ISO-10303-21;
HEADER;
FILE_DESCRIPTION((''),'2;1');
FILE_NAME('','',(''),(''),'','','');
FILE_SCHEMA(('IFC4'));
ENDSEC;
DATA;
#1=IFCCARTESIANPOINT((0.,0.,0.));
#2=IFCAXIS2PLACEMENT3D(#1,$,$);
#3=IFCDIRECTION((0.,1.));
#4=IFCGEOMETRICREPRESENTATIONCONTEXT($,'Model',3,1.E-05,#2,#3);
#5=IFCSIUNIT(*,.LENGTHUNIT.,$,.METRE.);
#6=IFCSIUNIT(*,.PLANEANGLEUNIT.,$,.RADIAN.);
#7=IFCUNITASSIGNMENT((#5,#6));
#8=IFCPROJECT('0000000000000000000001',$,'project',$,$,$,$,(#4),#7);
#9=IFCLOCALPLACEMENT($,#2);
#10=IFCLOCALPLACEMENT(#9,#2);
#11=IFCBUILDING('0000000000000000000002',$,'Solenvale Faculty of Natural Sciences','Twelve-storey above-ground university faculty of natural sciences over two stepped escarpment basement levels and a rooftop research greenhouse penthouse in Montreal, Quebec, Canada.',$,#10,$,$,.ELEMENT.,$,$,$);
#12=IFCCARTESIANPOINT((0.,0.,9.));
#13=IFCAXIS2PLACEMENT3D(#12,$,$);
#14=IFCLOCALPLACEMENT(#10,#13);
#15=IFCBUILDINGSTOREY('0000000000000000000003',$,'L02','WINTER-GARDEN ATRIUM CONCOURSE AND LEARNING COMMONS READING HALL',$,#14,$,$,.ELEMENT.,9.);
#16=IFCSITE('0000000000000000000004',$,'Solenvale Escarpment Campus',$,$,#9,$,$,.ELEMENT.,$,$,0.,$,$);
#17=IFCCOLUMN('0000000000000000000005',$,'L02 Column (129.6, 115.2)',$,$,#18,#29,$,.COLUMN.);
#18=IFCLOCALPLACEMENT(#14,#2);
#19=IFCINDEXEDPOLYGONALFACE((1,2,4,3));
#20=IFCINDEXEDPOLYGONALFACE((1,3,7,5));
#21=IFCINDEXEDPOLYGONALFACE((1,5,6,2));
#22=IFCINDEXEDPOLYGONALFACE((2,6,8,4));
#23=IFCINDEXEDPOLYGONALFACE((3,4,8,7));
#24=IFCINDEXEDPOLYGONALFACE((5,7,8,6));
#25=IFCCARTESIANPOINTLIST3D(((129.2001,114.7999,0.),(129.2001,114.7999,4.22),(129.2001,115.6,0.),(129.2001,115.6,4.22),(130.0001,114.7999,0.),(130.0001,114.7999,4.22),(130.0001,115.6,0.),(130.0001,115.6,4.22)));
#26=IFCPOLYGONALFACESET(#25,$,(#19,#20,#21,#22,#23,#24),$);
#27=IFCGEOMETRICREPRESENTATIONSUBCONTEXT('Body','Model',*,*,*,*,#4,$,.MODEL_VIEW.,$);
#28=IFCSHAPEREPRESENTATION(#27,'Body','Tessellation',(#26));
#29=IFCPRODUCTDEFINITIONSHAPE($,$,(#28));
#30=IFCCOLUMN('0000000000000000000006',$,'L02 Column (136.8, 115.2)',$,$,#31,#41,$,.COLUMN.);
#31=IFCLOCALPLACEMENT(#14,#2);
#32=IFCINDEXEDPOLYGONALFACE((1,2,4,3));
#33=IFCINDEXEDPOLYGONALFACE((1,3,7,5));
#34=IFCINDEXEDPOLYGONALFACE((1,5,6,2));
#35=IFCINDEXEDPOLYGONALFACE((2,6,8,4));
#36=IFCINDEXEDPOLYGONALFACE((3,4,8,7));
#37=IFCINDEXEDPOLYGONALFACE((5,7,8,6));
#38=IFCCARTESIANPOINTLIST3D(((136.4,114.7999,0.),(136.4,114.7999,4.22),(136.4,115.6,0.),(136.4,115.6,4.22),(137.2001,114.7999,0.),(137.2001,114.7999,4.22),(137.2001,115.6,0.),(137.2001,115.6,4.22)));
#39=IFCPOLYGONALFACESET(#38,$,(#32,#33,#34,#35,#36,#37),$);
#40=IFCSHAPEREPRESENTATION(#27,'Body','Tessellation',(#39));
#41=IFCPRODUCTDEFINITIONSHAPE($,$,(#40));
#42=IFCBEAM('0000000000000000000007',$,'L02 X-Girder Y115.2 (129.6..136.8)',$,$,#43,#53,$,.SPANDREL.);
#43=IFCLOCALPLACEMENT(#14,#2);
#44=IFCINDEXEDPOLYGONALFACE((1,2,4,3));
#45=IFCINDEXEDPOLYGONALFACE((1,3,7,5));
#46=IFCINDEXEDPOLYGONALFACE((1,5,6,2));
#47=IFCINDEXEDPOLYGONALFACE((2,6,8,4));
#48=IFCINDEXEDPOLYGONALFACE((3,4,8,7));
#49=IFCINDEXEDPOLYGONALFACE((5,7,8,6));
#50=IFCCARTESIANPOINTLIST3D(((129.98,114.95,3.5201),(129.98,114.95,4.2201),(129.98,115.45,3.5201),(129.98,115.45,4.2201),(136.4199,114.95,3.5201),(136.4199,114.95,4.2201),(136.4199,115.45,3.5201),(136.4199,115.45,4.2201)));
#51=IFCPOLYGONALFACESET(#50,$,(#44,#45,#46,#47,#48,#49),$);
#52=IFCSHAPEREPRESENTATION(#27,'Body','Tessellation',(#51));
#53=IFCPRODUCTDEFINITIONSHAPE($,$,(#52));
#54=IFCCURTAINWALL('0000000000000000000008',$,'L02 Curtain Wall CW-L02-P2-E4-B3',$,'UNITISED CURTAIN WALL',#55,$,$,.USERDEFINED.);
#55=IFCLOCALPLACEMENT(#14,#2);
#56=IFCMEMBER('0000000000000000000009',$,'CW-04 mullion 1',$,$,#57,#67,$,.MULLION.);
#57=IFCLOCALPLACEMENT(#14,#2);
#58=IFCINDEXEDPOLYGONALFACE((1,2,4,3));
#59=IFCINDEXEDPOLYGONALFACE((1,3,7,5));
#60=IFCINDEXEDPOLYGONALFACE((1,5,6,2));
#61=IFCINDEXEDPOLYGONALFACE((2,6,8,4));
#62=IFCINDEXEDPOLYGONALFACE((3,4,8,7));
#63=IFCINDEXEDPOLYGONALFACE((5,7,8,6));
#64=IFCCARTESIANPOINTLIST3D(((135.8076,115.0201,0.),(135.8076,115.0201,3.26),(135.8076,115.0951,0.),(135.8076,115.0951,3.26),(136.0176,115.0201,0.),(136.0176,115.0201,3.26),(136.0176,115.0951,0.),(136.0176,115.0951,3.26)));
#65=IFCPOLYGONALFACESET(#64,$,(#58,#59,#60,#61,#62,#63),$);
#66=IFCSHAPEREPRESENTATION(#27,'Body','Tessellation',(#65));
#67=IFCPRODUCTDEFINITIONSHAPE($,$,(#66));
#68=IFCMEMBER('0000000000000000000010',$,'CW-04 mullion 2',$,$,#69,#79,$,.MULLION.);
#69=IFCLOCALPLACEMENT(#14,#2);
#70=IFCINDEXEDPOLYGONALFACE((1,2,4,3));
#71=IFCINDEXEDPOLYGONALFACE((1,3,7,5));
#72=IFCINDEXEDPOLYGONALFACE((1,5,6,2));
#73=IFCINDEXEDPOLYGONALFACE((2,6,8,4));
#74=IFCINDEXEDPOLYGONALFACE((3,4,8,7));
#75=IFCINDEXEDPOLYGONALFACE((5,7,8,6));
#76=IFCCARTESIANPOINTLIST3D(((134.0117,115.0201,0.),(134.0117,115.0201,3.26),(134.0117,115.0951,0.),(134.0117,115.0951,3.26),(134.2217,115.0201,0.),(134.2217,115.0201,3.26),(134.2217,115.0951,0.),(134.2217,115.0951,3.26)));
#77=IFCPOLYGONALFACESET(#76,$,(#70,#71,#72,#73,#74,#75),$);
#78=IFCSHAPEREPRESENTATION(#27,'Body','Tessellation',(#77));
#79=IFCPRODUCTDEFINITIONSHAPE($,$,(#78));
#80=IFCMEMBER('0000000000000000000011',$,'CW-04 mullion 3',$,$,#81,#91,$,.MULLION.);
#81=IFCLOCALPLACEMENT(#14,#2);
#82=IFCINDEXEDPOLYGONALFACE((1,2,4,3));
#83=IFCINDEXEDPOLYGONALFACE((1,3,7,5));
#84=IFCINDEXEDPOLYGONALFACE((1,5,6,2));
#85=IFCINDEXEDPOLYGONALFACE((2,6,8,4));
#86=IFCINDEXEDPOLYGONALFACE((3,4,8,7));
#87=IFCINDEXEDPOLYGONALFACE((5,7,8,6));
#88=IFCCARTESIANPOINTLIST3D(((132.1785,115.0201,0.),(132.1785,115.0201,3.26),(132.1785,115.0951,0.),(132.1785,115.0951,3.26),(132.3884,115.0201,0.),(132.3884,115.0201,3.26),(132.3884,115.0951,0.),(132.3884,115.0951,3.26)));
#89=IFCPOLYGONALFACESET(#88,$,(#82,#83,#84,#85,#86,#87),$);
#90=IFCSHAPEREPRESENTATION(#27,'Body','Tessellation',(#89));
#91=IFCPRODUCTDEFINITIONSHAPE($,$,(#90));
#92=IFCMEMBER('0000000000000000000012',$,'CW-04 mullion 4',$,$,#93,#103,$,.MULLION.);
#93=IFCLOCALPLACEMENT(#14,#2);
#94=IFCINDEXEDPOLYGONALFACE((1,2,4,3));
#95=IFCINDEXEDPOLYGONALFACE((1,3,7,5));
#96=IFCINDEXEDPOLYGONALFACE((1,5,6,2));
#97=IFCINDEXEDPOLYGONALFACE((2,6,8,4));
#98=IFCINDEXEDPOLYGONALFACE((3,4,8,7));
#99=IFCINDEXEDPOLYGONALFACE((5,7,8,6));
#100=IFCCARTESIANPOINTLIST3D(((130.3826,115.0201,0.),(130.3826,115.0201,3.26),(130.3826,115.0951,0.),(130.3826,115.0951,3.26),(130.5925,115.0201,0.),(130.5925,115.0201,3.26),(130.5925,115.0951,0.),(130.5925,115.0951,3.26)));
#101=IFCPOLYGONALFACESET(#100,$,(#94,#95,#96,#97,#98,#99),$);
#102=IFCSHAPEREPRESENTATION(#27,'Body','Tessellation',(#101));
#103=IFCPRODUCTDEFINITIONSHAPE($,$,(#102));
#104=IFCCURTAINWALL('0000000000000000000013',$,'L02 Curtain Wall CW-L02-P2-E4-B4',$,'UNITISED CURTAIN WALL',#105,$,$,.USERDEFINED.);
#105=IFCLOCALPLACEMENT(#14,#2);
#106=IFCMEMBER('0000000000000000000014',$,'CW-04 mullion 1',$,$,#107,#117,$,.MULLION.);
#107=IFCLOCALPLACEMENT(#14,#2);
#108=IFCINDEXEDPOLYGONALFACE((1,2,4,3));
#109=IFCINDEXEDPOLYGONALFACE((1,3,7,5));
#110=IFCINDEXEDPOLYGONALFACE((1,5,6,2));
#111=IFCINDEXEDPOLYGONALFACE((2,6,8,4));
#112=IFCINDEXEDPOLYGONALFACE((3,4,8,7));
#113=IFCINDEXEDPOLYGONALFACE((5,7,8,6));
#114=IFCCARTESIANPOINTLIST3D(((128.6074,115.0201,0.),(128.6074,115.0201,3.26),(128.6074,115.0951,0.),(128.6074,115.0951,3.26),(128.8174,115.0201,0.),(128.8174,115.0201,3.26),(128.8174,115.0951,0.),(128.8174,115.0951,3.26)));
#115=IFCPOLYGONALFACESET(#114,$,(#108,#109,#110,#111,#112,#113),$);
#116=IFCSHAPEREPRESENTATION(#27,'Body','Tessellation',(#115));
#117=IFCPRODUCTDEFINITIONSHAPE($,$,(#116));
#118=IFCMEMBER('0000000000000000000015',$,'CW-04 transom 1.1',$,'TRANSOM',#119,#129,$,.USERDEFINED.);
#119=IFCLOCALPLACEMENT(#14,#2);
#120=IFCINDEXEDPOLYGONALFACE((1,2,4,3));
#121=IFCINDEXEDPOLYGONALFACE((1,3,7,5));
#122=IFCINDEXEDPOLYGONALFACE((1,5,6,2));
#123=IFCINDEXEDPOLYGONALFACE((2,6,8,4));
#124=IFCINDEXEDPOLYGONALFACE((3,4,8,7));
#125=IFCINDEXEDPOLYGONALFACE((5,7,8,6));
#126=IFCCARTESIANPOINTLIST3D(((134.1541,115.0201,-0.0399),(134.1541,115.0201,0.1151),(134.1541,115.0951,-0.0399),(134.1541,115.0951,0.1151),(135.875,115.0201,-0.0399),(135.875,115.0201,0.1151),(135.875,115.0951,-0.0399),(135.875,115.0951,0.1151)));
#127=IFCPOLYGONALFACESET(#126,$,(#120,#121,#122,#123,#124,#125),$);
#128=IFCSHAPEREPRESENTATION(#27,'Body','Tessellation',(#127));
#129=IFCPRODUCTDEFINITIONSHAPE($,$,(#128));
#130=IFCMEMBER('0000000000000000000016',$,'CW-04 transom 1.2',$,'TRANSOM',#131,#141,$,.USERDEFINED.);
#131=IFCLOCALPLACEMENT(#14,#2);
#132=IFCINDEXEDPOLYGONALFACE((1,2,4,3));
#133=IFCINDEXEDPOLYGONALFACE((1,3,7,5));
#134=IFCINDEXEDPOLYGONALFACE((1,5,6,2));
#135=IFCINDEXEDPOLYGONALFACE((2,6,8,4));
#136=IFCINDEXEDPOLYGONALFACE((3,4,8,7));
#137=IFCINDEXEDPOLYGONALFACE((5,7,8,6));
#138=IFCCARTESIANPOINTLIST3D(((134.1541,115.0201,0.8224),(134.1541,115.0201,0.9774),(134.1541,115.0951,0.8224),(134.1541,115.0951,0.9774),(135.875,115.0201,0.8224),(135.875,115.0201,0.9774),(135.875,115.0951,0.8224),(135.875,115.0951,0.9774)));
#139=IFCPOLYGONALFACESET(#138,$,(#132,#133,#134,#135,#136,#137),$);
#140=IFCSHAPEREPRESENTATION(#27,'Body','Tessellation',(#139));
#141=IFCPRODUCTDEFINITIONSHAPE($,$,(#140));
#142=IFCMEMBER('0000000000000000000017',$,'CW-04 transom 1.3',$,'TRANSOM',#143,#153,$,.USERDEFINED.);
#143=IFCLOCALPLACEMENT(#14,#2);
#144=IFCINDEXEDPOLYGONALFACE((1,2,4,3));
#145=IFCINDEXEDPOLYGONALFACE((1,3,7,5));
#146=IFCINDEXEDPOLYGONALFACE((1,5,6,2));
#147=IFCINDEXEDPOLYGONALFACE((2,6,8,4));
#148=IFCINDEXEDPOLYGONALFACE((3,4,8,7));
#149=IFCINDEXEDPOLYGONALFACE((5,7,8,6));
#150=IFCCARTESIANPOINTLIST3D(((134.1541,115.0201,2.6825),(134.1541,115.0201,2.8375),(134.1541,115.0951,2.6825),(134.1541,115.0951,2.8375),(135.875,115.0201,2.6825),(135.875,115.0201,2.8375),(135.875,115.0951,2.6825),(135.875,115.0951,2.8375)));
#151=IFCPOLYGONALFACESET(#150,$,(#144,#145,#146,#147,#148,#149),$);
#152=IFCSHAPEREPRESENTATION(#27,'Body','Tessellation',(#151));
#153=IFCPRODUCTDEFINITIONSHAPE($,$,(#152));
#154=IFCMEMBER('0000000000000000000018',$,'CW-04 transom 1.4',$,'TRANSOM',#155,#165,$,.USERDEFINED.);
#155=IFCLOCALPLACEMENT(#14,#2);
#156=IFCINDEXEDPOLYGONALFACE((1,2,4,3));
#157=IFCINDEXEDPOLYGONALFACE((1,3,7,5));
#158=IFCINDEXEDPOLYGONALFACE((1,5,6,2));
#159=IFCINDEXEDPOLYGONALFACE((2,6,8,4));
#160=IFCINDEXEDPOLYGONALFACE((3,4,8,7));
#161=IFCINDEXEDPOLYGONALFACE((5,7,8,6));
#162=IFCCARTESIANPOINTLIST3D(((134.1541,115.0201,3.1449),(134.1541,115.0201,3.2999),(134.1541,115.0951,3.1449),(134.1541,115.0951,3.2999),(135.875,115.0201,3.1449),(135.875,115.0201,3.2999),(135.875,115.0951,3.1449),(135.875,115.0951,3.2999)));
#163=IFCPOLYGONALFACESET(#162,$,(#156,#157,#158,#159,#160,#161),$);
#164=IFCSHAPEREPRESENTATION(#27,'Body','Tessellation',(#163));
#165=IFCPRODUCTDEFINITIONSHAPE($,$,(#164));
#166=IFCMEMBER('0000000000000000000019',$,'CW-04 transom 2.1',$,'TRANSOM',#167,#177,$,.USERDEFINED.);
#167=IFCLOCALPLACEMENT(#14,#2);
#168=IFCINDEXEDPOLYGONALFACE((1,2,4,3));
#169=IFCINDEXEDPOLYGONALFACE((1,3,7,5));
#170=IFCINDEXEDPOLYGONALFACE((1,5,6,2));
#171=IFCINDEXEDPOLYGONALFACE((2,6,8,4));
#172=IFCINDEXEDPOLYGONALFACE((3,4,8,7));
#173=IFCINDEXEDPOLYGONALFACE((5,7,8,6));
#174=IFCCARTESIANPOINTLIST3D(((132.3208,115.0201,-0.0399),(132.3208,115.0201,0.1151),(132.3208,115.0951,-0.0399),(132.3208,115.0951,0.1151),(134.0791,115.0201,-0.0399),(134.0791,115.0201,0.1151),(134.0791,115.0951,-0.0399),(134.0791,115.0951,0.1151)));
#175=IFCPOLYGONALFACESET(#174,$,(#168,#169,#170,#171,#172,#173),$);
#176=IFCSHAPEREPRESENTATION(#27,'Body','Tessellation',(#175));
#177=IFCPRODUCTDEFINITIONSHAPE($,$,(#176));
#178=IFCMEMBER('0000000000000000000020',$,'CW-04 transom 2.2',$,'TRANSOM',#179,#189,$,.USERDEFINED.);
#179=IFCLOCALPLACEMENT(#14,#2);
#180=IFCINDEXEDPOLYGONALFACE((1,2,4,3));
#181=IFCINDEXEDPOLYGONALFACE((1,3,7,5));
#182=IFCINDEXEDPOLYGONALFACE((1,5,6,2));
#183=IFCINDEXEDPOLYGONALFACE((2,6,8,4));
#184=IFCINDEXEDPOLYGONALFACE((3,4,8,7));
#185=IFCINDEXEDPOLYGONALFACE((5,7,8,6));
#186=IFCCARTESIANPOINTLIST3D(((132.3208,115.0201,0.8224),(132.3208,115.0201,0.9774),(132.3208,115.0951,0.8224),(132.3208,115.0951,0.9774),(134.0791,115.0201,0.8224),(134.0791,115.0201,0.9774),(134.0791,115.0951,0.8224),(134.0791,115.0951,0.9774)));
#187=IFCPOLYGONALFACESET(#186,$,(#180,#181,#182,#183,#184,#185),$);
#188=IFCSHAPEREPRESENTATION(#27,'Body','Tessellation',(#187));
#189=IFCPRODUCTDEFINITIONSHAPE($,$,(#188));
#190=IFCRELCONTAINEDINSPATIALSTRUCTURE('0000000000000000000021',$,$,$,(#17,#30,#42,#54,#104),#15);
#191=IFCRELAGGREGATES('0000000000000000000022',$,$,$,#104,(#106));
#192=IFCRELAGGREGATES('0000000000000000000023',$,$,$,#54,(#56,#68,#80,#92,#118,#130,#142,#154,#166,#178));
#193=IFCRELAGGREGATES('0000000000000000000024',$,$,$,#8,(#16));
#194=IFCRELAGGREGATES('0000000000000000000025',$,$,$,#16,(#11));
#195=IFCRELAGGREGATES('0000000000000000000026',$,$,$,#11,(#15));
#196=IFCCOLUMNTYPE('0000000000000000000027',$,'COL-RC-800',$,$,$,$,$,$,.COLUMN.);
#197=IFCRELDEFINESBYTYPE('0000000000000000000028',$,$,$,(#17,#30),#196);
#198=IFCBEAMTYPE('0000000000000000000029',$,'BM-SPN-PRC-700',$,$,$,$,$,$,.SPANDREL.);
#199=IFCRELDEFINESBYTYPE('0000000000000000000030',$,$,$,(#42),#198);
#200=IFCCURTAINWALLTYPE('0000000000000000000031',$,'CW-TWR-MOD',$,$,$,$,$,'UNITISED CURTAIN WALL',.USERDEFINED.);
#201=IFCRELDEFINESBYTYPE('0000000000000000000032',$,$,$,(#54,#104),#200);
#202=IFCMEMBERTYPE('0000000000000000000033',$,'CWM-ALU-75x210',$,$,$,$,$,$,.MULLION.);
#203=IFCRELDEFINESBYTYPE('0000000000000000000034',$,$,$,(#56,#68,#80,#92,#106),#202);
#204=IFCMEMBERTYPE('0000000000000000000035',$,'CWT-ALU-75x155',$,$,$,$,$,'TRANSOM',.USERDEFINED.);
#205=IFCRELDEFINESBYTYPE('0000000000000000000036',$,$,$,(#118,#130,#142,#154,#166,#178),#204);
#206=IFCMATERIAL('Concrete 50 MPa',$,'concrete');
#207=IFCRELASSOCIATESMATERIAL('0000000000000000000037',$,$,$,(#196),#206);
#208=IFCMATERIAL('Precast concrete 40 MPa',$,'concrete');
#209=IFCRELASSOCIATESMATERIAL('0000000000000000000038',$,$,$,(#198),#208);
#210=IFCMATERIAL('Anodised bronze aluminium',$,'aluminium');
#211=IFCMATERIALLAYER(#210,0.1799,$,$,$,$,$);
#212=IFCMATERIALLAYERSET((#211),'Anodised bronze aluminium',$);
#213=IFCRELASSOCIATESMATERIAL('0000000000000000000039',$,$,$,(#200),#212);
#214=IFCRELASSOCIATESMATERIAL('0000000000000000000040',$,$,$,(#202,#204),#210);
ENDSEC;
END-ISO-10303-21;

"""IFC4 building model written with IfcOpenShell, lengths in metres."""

from ifc_helpers import new_model, si_unit, direction, frame, origin, origin_2d, place, context, subcontext, project, spatial, rectangle, extrude, material, layer, layer_set, material_profile, profile_set, type_object, element, aggregate, save


model = new_model("IFC4")

# Units and contexts
model_context = context("Model", 3, precision=1e-05, world=origin(), true_north=direction((0.0, 1.0)))
body_context = subcontext(model_context, "Body", "Model", "MODEL_VIEW")
ifc_project = project(units=[si_unit("LENGTHUNIT", "METRE"), si_unit("PLANEANGLEUNIT", "RADIAN")], contexts=[model_context])

# Site, building, storey
site_placement = place(None, origin())
site = spatial("IfcSite", under=ifc_project, at=site_placement, Name="Solenvale Escarpment Campus", CompositionType="ELEMENT", RefElevation=0.0)
building_placement = place(site_placement, origin())
building = spatial("IfcBuilding", under=site, at=building_placement, Name="Solenvale Faculty of Natural Sciences", Description="Twelve-storey above-ground university faculty of natural sciences over two stepped escarpment basement levels and a rooftop research greenhouse penthouse in Montreal, Quebec, Canada.", CompositionType="ELEMENT")
storey_placement = place(building_placement, frame((0.0, 0.0, 9.0)))
storey = spatial("IfcBuildingStorey", under=building, at=storey_placement, Name="L02", Description="WINTER-GARDEN ATRIUM CONCOURSE AND LEARNING COMMONS READING HALL", CompositionType="ELEMENT", Elevation=9.0)

# Columns
ifc_material_1 = material(Name="Concrete 50 MPa", Category="concrete")
ifc_material_profile_1 = material_profile(ifc_material_1, rectangle(XDim=0.8, YDim=0.8, at=origin_2d()), Name="RC-COL-800x800")
ifc_profile_set_1 = profile_set([ifc_material_profile_1], Name="Concrete 50 MPa")
column_type = type_object("IfcColumnType", Name="COL-RC-800", PredefinedType="COLUMN", material=ifc_profile_set_1)
for number, where, z_axis, x_axis, name in (
    (1, (129.6001, 115.2, 0.0), (0.0, 0.0, 1.0), (1.0, 0.0, 0.0), "L02 Column (129.6, 115.2)"),
    (2, (136.8, 115.2, 0.0), (0.0, 0.0, 1.0), (1.0, 0.0, 0.0), "L02 Column (136.8, 115.2)"),
):
    element("IfcColumn", number, at=place(storey_placement, frame(where, z_axis=z_axis, x_axis=x_axis)), inside=storey, type_object=column_type, Name=name, PredefinedType="COLUMN", context=body_context, shape_type="SweptSolid", body=[
        extrude(rectangle(XDim=0.8, YDim=0.8, at=origin_2d()), origin(), (0.0, 0.0, 1.0), 4.22),
    ])

# Beam
ifc_material_2 = material(Name="Precast concrete 40 MPa", Category="concrete")
ifc_material_profile_2 = material_profile(ifc_material_2, rectangle(XDim=0.5, YDim=0.7, at=origin_2d()), Name="RC-BM-500x700")
ifc_profile_set_2 = profile_set([ifc_material_profile_2], Name="Precast concrete 40 MPa")
beam_type = type_object("IfcBeamType", Name="BM-SPN-PRC-700", PredefinedType="SPANDREL", material=ifc_profile_set_2)
beam_placement = place(storey_placement, frame((129.98, 115.2, 3.8701), z_axis=(1.0, 0.0, 0.0), x_axis=(0.0, 1.0, 0.0)))
element("IfcBeam", 3, at=beam_placement, inside=storey, type_object=beam_type, Name="L02 X-Girder Y115.2 (129.6..136.8)", PredefinedType="SPANDREL", context=body_context, shape_type="SweptSolid", body=[
    extrude(rectangle(XDim=0.5, YDim=0.7, at=origin_2d()), origin(), (0.0, 0.0, 1.0), 6.4399),
])

# Curtain wall, members
ifc_material_3 = material(Name="Anodised bronze aluminium", Category="aluminium")
ifc_layer_1 = layer(ifc_material_3, 0.1799)
ifc_layer_set_1 = layer_set([ifc_layer_1], Name="Anodised bronze aluminium")
curtain_wall_type = type_object("IfcCurtainWallType", Name="CW-TWR-MOD", ElementType="UNITISED CURTAIN WALL", PredefinedType="USERDEFINED", material=ifc_layer_set_1)
curtain_wall_1_placement = place(storey_placement, origin())
curtain_wall_1 = element("IfcCurtainWall", 4, at=curtain_wall_1_placement, inside=storey, type_object=curtain_wall_type, Name="L02 Curtain Wall CW-L02-P2-E4-B3", ObjectType="UNITISED CURTAIN WALL", PredefinedType="USERDEFINED")
ifc_material_profile_3 = material_profile(ifc_material_3, rectangle(XDim=0.075, YDim=0.21, at=origin_2d()), Name="ALU-MUL-75x210")
ifc_profile_set_3 = profile_set([ifc_material_profile_3], Name="Anodised bronze aluminium")
member_type_1 = type_object("IfcMemberType", Name="CWM-ALU-75x210", PredefinedType="MULLION", material=ifc_profile_set_3)
member_1_placement = place(storey_placement, frame((135.9126, 115.0576, 0.0), z_axis=(0.0, 0.0, 1.0), x_axis=(0.0, -1.0, 0.0)))
member_1 = element("IfcMember", 5, at=member_1_placement, type_object=member_type_1, Name="CW-04 mullion 1", PredefinedType="MULLION", context=body_context, shape_type="SweptSolid", body=[
    extrude(rectangle(XDim=0.075, YDim=0.21, at=origin_2d()), origin(), (0.0, 0.0, 1.0), 3.26),
])
member_2_placement = place(storey_placement, frame((134.1167, 115.0576, 0.0), z_axis=(0.0, 0.0, 1.0), x_axis=(0.0, -1.0, 0.0)))
member_2 = element("IfcMember", 6, at=member_2_placement, type_object=member_type_1, Name="CW-04 mullion 2", PredefinedType="MULLION", context=body_context, shape_type="SweptSolid", body=[
    extrude(rectangle(XDim=0.075, YDim=0.21, at=origin_2d()), origin(), (0.0, 0.0, 1.0), 3.26),
])
member_3_placement = place(storey_placement, frame((132.2834, 115.0576, 0.0), z_axis=(0.0, 0.0, 1.0), x_axis=(0.0, -1.0, 0.0)))
member_3 = element("IfcMember", 7, at=member_3_placement, type_object=member_type_1, Name="CW-04 mullion 3", PredefinedType="MULLION", context=body_context, shape_type="SweptSolid", body=[
    extrude(rectangle(XDim=0.075, YDim=0.21, at=origin_2d()), origin(), (0.0, 0.0, 1.0), 3.26),
])
member_4_placement = place(storey_placement, frame((130.4875, 115.0576, 0.0), z_axis=(0.0, 0.0, 1.0), x_axis=(0.0, -1.0, 0.0)))
member_4 = element("IfcMember", 8, at=member_4_placement, type_object=member_type_1, Name="CW-04 mullion 4", PredefinedType="MULLION", context=body_context, shape_type="SweptSolid", body=[
    extrude(rectangle(XDim=0.075, YDim=0.21, at=origin_2d()), origin(), (0.0, 0.0, 1.0), 3.26),
])

# Curtain wall, member
curtain_wall_2_placement = place(storey_placement, origin())
curtain_wall_2 = element("IfcCurtainWall", 9, at=curtain_wall_2_placement, inside=storey, type_object=curtain_wall_type, Name="L02 Curtain Wall CW-L02-P2-E4-B4", ObjectType="UNITISED CURTAIN WALL", PredefinedType="USERDEFINED")
member_5_placement = place(storey_placement, frame((128.7124, 115.0576, 0.0), z_axis=(0.0, 0.0, 1.0), x_axis=(0.0, -1.0, 0.0)))
member_5 = element("IfcMember", 10, at=member_5_placement, type_object=member_type_1, Name="CW-04 mullion 1", PredefinedType="MULLION", context=body_context, shape_type="SweptSolid", body=[
    extrude(rectangle(XDim=0.075, YDim=0.21, at=origin_2d()), origin(), (0.0, 0.0, 1.0), 3.26),
])
aggregate(curtain_wall_2, [member_5])

# Members
ifc_material_profile_4 = material_profile(ifc_material_3, rectangle(XDim=0.075, YDim=0.155, at=origin_2d()), Name="ALU-TRN-75x155")
ifc_profile_set_4 = profile_set([ifc_material_profile_4], Name="Anodised bronze aluminium")
member_type_2 = type_object("IfcMemberType", Name="CWT-ALU-75x155", ElementType="TRANSOM", PredefinedType="USERDEFINED", material=ifc_profile_set_4)
member_6_placement = place(storey_placement, frame((135.875, 115.0576, 0.0376), z_axis=(-1.0, 0.0, 0.0), x_axis=(0.0, -1.0, 0.0)))
member_6 = element("IfcMember", 11, at=member_6_placement, type_object=member_type_2, Name="CW-04 transom 1.1", ObjectType="TRANSOM", PredefinedType="USERDEFINED", context=body_context, shape_type="SweptSolid", body=[
    extrude(rectangle(XDim=0.075, YDim=0.155, at=origin_2d()), origin(), (0.0, 0.0, 1.0), 1.7209),
])
member_7_placement = place(storey_placement, frame((135.875, 115.0576, 0.8999), z_axis=(-1.0, 0.0, 0.0), x_axis=(0.0, -1.0, 0.0)))
member_7 = element("IfcMember", 12, at=member_7_placement, type_object=member_type_2, Name="CW-04 transom 1.2", ObjectType="TRANSOM", PredefinedType="USERDEFINED", context=body_context, shape_type="SweptSolid", body=[
    extrude(rectangle(XDim=0.075, YDim=0.155, at=origin_2d()), origin(), (0.0, 0.0, 1.0), 1.7209),
])
member_8_placement = place(storey_placement, frame((135.875, 115.0576, 2.76), z_axis=(-1.0, 0.0, 0.0), x_axis=(0.0, -1.0, 0.0)))
member_8 = element("IfcMember", 13, at=member_8_placement, type_object=member_type_2, Name="CW-04 transom 1.3", ObjectType="TRANSOM", PredefinedType="USERDEFINED", context=body_context, shape_type="SweptSolid", body=[
    extrude(rectangle(XDim=0.075, YDim=0.155, at=origin_2d()), origin(), (0.0, 0.0, 1.0), 1.7209),
])
member_9_placement = place(storey_placement, frame((135.875, 115.0576, 3.2224), z_axis=(-1.0, 0.0, 0.0), x_axis=(0.0, -1.0, 0.0)))
member_9 = element("IfcMember", 14, at=member_9_placement, type_object=member_type_2, Name="CW-04 transom 1.4", ObjectType="TRANSOM", PredefinedType="USERDEFINED", context=body_context, shape_type="SweptSolid", body=[
    extrude(rectangle(XDim=0.075, YDim=0.155, at=origin_2d()), origin(), (0.0, 0.0, 1.0), 1.7209),
])
member_10_placement = place(storey_placement, frame((134.0791, 115.0576, 0.0376), z_axis=(-1.0, 0.0, 0.0), x_axis=(0.0, -1.0, 0.0)))
member_10 = element("IfcMember", 15, at=member_10_placement, type_object=member_type_2, Name="CW-04 transom 2.1", ObjectType="TRANSOM", PredefinedType="USERDEFINED", context=body_context, shape_type="SweptSolid", body=[
    extrude(rectangle(XDim=0.075, YDim=0.155, at=origin_2d()), origin(), (0.0, 0.0, 1.0), 1.7583),
])
member_11_placement = place(storey_placement, frame((134.0791, 115.0576, 0.8999), z_axis=(-1.0, 0.0, 0.0), x_axis=(0.0, -1.0, 0.0)))
member_11 = element("IfcMember", 16, at=member_11_placement, type_object=member_type_2, Name="CW-04 transom 2.2", ObjectType="TRANSOM", PredefinedType="USERDEFINED", context=body_context, shape_type="SweptSolid", body=[
    extrude(rectangle(XDim=0.075, YDim=0.155, at=origin_2d()), origin(), (0.0, 0.0, 1.0), 1.7583),
])

aggregate(curtain_wall_1, [member_1, member_2, member_3, member_4, member_6, member_7, member_8, member_9, member_10, member_11])

save(model, "model.ifc")
